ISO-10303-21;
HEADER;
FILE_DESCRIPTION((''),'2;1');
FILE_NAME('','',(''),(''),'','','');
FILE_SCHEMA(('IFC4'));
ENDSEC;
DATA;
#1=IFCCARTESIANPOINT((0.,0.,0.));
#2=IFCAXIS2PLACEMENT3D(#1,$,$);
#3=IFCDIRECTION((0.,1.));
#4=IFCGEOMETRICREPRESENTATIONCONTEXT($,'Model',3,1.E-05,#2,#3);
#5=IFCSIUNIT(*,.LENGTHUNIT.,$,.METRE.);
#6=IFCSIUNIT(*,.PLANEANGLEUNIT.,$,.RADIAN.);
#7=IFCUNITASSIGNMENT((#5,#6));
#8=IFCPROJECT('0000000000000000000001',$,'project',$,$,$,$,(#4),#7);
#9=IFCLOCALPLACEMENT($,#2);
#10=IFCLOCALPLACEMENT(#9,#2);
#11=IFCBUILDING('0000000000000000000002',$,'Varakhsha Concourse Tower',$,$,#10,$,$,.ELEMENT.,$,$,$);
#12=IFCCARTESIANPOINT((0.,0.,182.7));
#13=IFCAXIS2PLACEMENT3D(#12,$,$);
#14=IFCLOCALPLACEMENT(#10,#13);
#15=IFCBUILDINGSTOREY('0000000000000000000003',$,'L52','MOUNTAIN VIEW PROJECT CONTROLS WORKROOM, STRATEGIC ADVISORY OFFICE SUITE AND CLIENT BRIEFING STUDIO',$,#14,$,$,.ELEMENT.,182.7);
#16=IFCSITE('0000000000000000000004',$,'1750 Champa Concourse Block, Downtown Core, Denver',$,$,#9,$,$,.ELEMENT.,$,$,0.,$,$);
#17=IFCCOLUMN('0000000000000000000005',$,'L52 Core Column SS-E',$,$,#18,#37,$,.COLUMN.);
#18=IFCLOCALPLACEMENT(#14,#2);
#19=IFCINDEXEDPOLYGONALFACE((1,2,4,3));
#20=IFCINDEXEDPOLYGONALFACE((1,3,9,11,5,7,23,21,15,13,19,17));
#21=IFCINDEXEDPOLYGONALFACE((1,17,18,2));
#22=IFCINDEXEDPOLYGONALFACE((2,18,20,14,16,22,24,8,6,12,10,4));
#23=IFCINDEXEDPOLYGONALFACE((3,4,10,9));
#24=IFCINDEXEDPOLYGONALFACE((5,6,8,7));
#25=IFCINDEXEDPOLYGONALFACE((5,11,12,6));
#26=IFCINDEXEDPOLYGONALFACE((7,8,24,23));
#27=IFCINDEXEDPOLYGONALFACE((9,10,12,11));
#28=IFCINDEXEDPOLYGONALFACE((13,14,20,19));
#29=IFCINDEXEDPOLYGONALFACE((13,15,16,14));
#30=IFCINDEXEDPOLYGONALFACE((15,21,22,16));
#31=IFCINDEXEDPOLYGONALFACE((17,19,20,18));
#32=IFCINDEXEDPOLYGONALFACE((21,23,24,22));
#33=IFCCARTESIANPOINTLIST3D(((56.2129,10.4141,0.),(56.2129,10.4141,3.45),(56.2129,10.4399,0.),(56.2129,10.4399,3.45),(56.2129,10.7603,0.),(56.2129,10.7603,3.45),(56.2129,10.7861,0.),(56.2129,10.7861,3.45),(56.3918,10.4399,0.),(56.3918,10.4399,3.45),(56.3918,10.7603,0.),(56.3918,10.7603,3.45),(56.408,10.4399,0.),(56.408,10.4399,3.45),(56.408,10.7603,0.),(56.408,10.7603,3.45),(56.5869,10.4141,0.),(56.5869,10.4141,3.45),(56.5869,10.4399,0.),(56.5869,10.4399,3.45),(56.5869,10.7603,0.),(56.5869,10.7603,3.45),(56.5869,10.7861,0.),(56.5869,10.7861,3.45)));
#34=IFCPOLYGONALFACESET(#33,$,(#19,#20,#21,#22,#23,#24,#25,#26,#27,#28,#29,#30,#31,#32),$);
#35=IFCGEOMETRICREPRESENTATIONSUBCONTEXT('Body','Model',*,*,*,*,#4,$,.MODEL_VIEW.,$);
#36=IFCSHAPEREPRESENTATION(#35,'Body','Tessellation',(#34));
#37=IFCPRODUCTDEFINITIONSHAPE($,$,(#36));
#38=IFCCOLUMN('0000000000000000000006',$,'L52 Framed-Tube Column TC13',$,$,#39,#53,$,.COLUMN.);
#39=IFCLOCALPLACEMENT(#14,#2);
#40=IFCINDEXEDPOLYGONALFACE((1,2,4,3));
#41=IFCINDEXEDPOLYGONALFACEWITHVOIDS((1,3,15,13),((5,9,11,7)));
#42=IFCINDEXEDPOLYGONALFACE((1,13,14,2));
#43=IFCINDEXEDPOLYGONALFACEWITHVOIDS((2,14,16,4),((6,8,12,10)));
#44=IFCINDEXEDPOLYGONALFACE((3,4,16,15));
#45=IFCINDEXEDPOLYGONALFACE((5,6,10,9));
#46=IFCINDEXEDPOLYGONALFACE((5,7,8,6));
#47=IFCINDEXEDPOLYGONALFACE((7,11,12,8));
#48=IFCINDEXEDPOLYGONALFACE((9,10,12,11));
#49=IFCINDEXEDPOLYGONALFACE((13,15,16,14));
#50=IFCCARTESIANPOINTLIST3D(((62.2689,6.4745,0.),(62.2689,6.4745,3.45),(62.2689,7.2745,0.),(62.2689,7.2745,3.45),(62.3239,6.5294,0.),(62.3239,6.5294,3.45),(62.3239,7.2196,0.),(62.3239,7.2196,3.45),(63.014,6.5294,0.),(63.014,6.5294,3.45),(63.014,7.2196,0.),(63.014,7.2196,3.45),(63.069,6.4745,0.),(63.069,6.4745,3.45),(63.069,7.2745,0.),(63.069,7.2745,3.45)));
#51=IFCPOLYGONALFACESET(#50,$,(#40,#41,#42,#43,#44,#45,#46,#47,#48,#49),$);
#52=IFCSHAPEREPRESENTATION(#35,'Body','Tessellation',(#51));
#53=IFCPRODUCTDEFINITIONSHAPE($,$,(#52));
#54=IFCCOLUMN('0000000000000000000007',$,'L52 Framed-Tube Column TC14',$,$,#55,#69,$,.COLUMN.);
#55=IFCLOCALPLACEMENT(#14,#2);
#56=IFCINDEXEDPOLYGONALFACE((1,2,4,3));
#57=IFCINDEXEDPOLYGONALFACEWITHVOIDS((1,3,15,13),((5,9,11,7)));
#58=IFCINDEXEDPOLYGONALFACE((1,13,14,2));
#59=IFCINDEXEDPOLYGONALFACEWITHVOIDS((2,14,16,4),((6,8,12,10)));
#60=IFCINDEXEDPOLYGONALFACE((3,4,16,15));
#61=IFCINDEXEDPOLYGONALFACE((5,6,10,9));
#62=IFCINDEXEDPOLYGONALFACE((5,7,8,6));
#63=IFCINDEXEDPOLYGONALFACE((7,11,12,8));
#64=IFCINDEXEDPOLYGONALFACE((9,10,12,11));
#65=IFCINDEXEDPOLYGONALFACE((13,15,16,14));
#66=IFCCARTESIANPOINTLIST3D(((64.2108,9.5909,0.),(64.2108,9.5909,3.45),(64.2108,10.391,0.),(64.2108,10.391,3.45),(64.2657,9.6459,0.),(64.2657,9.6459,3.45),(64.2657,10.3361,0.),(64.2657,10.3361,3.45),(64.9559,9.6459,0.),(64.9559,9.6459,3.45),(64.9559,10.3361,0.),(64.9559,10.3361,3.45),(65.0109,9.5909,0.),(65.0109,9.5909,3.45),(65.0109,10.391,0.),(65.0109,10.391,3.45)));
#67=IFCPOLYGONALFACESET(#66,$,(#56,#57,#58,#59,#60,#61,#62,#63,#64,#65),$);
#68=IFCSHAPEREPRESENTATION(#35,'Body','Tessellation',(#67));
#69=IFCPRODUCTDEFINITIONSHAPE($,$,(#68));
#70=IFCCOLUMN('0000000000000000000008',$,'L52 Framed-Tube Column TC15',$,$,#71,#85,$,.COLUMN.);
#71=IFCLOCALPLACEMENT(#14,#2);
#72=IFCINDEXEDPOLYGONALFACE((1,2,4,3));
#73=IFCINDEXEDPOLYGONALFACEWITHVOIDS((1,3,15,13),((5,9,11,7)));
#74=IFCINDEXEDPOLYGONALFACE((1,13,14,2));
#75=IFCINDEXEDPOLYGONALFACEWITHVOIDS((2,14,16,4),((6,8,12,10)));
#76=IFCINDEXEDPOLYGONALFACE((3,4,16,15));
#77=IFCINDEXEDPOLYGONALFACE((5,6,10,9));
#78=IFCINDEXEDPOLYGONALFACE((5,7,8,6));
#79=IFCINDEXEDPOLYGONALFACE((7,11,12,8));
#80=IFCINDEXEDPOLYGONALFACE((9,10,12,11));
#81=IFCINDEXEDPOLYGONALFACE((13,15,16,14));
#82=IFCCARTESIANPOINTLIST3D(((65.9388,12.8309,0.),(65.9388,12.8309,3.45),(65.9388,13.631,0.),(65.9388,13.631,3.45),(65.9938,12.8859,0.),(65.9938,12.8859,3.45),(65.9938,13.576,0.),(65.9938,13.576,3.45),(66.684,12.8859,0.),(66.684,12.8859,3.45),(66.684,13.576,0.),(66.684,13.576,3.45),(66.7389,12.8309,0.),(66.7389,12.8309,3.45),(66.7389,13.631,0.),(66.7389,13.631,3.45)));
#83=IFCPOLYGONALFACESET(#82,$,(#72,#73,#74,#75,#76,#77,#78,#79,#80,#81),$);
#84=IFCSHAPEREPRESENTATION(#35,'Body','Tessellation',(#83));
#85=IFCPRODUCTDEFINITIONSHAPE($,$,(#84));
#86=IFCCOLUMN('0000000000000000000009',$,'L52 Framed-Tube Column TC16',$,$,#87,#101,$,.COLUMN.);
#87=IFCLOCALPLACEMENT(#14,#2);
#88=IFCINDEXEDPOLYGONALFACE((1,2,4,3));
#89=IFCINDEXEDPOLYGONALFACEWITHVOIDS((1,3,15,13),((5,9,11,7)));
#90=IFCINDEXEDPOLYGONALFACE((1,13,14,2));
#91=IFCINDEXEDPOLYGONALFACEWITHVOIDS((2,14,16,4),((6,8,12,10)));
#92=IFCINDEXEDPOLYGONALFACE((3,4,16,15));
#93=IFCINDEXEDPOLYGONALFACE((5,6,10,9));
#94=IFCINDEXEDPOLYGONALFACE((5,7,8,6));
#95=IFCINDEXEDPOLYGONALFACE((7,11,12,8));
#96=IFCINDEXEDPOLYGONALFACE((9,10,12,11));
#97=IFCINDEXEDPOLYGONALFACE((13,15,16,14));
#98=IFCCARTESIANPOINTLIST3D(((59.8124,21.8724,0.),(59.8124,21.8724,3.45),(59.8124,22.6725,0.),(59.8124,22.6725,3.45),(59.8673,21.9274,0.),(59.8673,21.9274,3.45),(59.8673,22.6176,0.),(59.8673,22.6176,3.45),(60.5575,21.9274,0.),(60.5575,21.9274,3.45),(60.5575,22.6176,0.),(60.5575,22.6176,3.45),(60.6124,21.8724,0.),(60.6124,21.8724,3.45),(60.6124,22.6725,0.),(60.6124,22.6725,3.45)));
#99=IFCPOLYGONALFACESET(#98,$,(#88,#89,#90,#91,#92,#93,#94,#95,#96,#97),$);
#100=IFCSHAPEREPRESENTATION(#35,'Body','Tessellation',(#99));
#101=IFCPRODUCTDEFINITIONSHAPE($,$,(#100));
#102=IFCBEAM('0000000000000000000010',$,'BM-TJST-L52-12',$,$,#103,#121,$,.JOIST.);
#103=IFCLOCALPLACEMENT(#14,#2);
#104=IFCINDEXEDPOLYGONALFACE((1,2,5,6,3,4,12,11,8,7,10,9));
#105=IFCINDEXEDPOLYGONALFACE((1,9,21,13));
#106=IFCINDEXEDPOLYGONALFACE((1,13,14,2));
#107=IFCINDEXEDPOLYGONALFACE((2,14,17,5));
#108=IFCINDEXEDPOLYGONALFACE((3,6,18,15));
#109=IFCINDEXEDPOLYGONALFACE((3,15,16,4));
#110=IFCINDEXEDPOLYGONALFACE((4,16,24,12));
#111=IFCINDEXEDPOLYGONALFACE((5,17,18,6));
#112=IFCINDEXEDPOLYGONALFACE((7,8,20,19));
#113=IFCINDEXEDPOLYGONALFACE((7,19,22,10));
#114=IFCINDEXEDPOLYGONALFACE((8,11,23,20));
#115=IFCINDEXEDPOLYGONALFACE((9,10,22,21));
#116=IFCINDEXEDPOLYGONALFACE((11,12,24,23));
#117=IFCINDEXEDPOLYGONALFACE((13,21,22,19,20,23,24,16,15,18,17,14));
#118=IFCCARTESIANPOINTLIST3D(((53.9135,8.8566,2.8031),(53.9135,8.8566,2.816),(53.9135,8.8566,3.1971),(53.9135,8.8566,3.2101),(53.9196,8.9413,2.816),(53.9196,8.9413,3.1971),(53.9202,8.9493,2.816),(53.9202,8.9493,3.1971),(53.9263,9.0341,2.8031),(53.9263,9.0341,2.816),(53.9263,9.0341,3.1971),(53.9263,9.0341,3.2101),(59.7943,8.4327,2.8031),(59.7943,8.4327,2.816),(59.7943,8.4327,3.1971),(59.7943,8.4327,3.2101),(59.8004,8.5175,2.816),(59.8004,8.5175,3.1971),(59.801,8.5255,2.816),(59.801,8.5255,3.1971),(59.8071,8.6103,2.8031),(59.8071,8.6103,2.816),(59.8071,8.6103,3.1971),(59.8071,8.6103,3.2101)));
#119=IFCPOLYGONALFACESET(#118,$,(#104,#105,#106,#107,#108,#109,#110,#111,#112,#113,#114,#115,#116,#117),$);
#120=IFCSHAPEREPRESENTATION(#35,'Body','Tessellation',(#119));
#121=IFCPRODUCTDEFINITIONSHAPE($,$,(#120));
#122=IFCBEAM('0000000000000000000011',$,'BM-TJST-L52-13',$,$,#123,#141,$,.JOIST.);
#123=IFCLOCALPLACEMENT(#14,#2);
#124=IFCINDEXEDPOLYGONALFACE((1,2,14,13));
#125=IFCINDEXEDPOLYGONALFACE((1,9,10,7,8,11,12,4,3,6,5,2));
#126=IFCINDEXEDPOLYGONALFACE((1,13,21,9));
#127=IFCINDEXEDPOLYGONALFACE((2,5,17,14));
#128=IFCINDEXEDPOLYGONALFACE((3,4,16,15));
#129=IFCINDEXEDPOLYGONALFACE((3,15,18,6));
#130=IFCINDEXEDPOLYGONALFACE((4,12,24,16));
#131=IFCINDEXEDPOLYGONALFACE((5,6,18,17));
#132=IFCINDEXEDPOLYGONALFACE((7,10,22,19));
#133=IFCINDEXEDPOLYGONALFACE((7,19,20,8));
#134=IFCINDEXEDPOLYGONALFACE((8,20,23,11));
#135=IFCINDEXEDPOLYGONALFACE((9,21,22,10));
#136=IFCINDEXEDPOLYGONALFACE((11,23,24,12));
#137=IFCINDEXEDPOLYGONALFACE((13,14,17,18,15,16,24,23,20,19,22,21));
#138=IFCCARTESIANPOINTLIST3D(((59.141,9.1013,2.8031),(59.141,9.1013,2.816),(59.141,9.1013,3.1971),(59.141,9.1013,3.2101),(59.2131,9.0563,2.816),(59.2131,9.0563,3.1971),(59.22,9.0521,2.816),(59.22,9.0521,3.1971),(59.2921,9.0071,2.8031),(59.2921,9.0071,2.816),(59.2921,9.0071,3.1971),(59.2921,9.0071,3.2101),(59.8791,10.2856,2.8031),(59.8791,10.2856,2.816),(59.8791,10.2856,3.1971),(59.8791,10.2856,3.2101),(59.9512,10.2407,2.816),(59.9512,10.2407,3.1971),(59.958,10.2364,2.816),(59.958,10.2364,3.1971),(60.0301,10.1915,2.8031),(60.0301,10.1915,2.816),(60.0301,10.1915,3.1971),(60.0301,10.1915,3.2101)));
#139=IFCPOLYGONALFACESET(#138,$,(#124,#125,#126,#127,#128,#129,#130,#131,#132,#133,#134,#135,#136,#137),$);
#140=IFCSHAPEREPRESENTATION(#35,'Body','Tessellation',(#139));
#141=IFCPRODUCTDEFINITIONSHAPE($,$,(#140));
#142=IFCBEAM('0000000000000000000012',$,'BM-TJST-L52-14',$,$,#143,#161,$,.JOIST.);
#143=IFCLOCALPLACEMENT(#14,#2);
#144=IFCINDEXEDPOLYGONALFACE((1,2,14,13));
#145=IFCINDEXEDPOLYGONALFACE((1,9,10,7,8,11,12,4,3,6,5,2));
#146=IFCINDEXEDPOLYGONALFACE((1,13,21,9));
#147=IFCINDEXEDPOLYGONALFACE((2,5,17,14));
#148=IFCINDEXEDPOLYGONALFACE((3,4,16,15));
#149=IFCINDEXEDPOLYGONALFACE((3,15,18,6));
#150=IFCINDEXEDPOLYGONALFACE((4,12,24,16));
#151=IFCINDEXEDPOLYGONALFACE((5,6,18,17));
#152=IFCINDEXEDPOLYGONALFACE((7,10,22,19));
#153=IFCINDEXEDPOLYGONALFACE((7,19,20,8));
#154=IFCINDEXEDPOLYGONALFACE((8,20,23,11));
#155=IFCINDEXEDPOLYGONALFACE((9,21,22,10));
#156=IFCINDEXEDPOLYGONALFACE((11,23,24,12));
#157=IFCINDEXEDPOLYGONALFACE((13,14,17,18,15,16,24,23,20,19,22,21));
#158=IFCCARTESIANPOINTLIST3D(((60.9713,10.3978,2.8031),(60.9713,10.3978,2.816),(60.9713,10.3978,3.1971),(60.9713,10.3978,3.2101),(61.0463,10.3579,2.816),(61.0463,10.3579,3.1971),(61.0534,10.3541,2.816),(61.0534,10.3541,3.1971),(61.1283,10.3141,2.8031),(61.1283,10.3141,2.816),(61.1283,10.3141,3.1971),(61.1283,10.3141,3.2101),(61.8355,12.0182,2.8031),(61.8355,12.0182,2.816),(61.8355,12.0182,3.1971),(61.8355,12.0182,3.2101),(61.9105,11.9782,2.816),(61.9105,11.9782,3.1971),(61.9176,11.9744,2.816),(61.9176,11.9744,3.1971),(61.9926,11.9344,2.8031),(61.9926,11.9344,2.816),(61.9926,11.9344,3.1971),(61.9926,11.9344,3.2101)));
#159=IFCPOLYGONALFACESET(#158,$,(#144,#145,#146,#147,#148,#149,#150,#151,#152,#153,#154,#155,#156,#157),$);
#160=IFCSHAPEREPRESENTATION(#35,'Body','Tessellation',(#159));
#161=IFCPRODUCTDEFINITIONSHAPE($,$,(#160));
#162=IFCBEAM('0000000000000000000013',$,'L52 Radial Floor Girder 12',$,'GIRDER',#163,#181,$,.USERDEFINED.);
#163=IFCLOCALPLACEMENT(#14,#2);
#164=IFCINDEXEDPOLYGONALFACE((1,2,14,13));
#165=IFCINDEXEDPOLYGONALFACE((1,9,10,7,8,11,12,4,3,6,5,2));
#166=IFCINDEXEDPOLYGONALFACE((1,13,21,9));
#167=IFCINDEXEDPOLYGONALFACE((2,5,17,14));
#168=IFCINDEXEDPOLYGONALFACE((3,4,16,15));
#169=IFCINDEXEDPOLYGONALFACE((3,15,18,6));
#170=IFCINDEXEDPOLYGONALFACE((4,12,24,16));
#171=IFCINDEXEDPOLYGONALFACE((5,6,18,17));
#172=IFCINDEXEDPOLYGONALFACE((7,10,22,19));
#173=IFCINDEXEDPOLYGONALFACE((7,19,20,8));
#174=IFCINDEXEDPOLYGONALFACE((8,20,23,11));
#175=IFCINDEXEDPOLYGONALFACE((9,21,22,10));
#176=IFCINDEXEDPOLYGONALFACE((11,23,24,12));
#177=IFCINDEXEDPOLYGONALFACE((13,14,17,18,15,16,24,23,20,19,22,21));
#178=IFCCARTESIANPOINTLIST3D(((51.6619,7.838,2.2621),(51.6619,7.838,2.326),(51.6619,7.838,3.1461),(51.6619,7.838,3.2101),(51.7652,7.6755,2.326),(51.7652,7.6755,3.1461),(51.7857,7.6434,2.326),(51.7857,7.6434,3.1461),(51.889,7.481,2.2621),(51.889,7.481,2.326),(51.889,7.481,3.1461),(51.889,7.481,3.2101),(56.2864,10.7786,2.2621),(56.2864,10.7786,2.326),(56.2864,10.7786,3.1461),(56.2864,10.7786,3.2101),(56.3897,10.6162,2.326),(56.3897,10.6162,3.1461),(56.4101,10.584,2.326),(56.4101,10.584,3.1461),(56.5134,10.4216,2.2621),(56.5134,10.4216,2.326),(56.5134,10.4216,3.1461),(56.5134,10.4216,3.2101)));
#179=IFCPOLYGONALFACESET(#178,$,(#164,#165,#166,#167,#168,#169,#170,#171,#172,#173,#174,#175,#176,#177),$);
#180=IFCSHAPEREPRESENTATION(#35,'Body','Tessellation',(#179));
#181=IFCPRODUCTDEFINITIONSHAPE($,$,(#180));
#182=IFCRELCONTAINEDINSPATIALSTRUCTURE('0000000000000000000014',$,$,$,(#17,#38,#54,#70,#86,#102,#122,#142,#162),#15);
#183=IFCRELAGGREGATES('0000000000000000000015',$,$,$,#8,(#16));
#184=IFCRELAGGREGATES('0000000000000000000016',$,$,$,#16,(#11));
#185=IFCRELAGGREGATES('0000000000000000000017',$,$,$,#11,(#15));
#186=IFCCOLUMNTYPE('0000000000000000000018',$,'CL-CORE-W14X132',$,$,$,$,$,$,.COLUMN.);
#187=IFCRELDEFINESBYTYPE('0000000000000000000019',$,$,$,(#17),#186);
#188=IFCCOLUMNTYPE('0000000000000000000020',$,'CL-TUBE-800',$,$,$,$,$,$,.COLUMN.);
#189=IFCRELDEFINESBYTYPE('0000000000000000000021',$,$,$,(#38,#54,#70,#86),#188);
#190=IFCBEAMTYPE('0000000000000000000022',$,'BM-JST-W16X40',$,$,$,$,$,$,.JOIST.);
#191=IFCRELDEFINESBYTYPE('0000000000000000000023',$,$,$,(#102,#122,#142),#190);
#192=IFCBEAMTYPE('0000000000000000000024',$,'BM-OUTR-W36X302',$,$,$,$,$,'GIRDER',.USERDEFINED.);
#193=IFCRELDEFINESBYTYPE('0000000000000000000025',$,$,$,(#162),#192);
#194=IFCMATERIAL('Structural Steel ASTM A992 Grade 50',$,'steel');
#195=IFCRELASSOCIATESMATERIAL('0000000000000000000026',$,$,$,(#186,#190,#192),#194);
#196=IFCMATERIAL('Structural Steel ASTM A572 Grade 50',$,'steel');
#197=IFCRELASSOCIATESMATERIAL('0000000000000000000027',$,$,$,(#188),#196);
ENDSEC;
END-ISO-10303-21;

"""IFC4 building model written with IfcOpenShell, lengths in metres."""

from ifc_helpers import new_model, si_unit, direction, frame, origin, origin_2d, place, context, subcontext, project, spatial, hollow_rectangle, i_section, extrude, material, material_profile, profile_set, type_object, element, save


model = new_model("IFC4")

# Units and contexts
model_context = context("Model", 3, precision=1e-05, world=origin(), true_north=direction((0.0, 1.0)))
body_context = subcontext(model_context, "Body", "Model", "MODEL_VIEW")
ifc_project = project(units=[si_unit("LENGTHUNIT", "METRE"), si_unit("PLANEANGLEUNIT", "RADIAN")], contexts=[model_context])

# Site, building, storey
site_placement = place(None, origin())
site = spatial("IfcSite", under=ifc_project, at=site_placement, Name="1750 Champa Concourse Block, Downtown Core, Denver", CompositionType="ELEMENT", RefElevation=0.0)
building_placement = place(site_placement, origin())
building = spatial("IfcBuilding", under=site, at=building_placement, Name="Varakhsha Concourse Tower", CompositionType="ELEMENT")
storey_placement = place(building_placement, frame((0.0, 0.0, 182.7)))
storey = spatial("IfcBuildingStorey", under=building, at=storey_placement, Name="L52", Description="MOUNTAIN VIEW PROJECT CONTROLS WORKROOM, STRATEGIC ADVISORY OFFICE SUITE AND CLIENT BRIEFING STUDIO", CompositionType="ELEMENT", Elevation=182.7)

# Columns
ifc_material_1 = material(Name="Structural Steel ASTM A992 Grade 50", Category="steel")
ifc_material_profile_1 = material_profile(ifc_material_1, i_section(OverallWidth=0.374, OverallDepth=0.3721, WebThickness=0.0161, FlangeThickness=0.0259, at=origin_2d()), Name="W14X132")
ifc_profile_set_1 = profile_set([ifc_material_profile_1], Name="Structural Steel ASTM A992 Grade 50")
column_type_1 = type_object("IfcColumnType", Name="CL-CORE-W14X132", PredefinedType="COLUMN", material=ifc_profile_set_1)
column_placement = place(storey_placement, frame((56.3999, 10.6001, 0.0), z_axis=(0.0, 0.0, 1.0), x_axis=(1.0, 0.0, 0.0)))
element("IfcColumn", 1, at=column_placement, inside=storey, type_object=column_type_1, Name="L52 Core Column SS-E", PredefinedType="COLUMN", context=body_context, shape_type="SweptSolid", body=[
    extrude(i_section(OverallWidth=0.374, OverallDepth=0.3721, WebThickness=0.0161, FlangeThickness=0.0259, at=origin_2d()), origin(), (0.0, 0.0, 1.0), 3.45),
])
ifc_material_2 = material(Name="Structural Steel ASTM A572 Grade 50", Category="steel")
ifc_material_profile_2 = material_profile(ifc_material_2, hollow_rectangle(XDim=0.8, YDim=0.8, WallThickness=0.0549, at=origin_2d()), Name="BOX 800x800x55")
ifc_profile_set_2 = profile_set([ifc_material_profile_2], Name="Structural Steel ASTM A572 Grade 50")
column_type_2 = type_object("IfcColumnType", Name="CL-TUBE-800", PredefinedType="COLUMN", material=ifc_profile_set_2)
for number, where, z_axis, x_axis, name in (
    (2, (62.6689, 6.8745, 0.0), (0.0, 0.0, 1.0), (1.0, 0.0, 0.0), "L52 Framed-Tube Column TC13"),
    (3, (64.6108, 9.991, 0.0), (0.0, 0.0, 1.0), (1.0, 0.0, 0.0), "L52 Framed-Tube Column TC14"),
    (4, (66.3389, 13.231, 0.0), (0.0, 0.0, 1.0), (1.0, 0.0, 0.0), "L52 Framed-Tube Column TC15"),
    (5, (60.2124, 22.2725, 0.0), (0.0, 0.0, 1.0), (1.0, 0.0, 0.0), "L52 Framed-Tube Column TC16"),
):
    element("IfcColumn", number, at=place(storey_placement, frame(where, z_axis=z_axis, x_axis=x_axis)), inside=storey, type_object=column_type_2, Name=name, PredefinedType="COLUMN", context=body_context, shape_type="SweptSolid", body=[
        extrude(hollow_rectangle(XDim=0.8, YDim=0.8, WallThickness=0.0549, at=origin_2d()), origin(), (0.0, 0.0, 1.0), 3.45),
    ])

# Beams
ifc_material_profile_3 = material_profile(ifc_material_1, i_section(OverallWidth=0.178, OverallDepth=0.407, WebThickness=0.0081, FlangeThickness=0.0129, at=origin_2d()), Name="W16X40")
ifc_profile_set_3 = profile_set([ifc_material_profile_3], Name="Structural Steel ASTM A992 Grade 50")
beam_type_1 = type_object("IfcBeamType", Name="BM-JST-W16X40", PredefinedType="JOIST", material=ifc_profile_set_3)
beam_1_placement = place(storey_placement, frame((53.9199, 8.9453, 3.0066), z_axis=(0.997413, -0.071883, 0.0), x_axis=(0.071883, 0.997413, 0.0)))
element("IfcBeam", 6, at=beam_1_placement, inside=storey, type_object=beam_type_1, Name="BM-TJST-L52-12", PredefinedType="JOIST", context=body_context, shape_type="SweptSolid", body=[
    extrude(i_section(OverallWidth=0.178, OverallDepth=0.407, WebThickness=0.0081, FlangeThickness=0.0129, at=origin_2d()), origin(), (0.0, 0.0, 1.0), 5.896),
])
beam_2_placement = place(storey_placement, frame((59.2166, 9.0542, 3.0066), z_axis=(0.528882, 0.848695, 0.0), x_axis=(-0.848695, 0.528882, 0.0)))
element("IfcBeam", 7, at=beam_2_placement, inside=storey, type_object=beam_type_1, Name="BM-TJST-L52-13", PredefinedType="JOIST", context=body_context, shape_type="SweptSolid", body=[
    extrude(i_section(OverallWidth=0.178, OverallDepth=0.407, WebThickness=0.0081, FlangeThickness=0.0129, at=origin_2d()), origin(), (0.0, 0.0, 1.0), 1.3955),
])
beam_3_placement = place(storey_placement, frame((61.0498, 10.356, 3.0066), z_axis=(0.470616, 0.882338, 0.0), x_axis=(-0.882338, 0.470616, 0.0)))
element("IfcBeam", 8, at=beam_3_placement, inside=storey, type_object=beam_type_1, Name="BM-TJST-L52-14", PredefinedType="JOIST", context=body_context, shape_type="SweptSolid", body=[
    extrude(i_section(OverallWidth=0.178, OverallDepth=0.407, WebThickness=0.0081, FlangeThickness=0.0129, at=origin_2d()), origin(), (0.0, 0.0, 1.0), 1.8364),
])
ifc_material_profile_4 = material_profile(ifc_material_1, i_section(OverallWidth=0.4231, OverallDepth=0.948, WebThickness=0.0381, FlangeThickness=0.064, at=origin_2d()), Name="W36X302")
ifc_profile_set_4 = profile_set([ifc_material_profile_4], Name="Structural Steel ASTM A992 Grade 50")
beam_type_2 = type_object("IfcBeamType", Name="BM-OUTR-W36X302", ElementType="GIRDER", PredefinedType="USERDEFINED", material=ifc_profile_set_4)
beam_4_placement = place(storey_placement, frame((56.3999, 10.6001, 2.7361), z_axis=(-0.843843, -0.53659, 0.0), x_axis=(0.53659, -0.843843, 0.0)))
element("IfcBeam", 9, at=beam_4_placement, inside=storey, type_object=beam_type_2, Name="L52 Radial Floor Girder 12", ObjectType="GIRDER", PredefinedType="USERDEFINED", context=body_context, shape_type="SweptSolid", body=[
    extrude(i_section(OverallWidth=0.4231, OverallDepth=0.948, WebThickness=0.0381, FlangeThickness=0.064, at=origin_2d()), origin(), (0.0, 0.0, 1.0), 5.4802),
])

save(model, "model.ifc")
